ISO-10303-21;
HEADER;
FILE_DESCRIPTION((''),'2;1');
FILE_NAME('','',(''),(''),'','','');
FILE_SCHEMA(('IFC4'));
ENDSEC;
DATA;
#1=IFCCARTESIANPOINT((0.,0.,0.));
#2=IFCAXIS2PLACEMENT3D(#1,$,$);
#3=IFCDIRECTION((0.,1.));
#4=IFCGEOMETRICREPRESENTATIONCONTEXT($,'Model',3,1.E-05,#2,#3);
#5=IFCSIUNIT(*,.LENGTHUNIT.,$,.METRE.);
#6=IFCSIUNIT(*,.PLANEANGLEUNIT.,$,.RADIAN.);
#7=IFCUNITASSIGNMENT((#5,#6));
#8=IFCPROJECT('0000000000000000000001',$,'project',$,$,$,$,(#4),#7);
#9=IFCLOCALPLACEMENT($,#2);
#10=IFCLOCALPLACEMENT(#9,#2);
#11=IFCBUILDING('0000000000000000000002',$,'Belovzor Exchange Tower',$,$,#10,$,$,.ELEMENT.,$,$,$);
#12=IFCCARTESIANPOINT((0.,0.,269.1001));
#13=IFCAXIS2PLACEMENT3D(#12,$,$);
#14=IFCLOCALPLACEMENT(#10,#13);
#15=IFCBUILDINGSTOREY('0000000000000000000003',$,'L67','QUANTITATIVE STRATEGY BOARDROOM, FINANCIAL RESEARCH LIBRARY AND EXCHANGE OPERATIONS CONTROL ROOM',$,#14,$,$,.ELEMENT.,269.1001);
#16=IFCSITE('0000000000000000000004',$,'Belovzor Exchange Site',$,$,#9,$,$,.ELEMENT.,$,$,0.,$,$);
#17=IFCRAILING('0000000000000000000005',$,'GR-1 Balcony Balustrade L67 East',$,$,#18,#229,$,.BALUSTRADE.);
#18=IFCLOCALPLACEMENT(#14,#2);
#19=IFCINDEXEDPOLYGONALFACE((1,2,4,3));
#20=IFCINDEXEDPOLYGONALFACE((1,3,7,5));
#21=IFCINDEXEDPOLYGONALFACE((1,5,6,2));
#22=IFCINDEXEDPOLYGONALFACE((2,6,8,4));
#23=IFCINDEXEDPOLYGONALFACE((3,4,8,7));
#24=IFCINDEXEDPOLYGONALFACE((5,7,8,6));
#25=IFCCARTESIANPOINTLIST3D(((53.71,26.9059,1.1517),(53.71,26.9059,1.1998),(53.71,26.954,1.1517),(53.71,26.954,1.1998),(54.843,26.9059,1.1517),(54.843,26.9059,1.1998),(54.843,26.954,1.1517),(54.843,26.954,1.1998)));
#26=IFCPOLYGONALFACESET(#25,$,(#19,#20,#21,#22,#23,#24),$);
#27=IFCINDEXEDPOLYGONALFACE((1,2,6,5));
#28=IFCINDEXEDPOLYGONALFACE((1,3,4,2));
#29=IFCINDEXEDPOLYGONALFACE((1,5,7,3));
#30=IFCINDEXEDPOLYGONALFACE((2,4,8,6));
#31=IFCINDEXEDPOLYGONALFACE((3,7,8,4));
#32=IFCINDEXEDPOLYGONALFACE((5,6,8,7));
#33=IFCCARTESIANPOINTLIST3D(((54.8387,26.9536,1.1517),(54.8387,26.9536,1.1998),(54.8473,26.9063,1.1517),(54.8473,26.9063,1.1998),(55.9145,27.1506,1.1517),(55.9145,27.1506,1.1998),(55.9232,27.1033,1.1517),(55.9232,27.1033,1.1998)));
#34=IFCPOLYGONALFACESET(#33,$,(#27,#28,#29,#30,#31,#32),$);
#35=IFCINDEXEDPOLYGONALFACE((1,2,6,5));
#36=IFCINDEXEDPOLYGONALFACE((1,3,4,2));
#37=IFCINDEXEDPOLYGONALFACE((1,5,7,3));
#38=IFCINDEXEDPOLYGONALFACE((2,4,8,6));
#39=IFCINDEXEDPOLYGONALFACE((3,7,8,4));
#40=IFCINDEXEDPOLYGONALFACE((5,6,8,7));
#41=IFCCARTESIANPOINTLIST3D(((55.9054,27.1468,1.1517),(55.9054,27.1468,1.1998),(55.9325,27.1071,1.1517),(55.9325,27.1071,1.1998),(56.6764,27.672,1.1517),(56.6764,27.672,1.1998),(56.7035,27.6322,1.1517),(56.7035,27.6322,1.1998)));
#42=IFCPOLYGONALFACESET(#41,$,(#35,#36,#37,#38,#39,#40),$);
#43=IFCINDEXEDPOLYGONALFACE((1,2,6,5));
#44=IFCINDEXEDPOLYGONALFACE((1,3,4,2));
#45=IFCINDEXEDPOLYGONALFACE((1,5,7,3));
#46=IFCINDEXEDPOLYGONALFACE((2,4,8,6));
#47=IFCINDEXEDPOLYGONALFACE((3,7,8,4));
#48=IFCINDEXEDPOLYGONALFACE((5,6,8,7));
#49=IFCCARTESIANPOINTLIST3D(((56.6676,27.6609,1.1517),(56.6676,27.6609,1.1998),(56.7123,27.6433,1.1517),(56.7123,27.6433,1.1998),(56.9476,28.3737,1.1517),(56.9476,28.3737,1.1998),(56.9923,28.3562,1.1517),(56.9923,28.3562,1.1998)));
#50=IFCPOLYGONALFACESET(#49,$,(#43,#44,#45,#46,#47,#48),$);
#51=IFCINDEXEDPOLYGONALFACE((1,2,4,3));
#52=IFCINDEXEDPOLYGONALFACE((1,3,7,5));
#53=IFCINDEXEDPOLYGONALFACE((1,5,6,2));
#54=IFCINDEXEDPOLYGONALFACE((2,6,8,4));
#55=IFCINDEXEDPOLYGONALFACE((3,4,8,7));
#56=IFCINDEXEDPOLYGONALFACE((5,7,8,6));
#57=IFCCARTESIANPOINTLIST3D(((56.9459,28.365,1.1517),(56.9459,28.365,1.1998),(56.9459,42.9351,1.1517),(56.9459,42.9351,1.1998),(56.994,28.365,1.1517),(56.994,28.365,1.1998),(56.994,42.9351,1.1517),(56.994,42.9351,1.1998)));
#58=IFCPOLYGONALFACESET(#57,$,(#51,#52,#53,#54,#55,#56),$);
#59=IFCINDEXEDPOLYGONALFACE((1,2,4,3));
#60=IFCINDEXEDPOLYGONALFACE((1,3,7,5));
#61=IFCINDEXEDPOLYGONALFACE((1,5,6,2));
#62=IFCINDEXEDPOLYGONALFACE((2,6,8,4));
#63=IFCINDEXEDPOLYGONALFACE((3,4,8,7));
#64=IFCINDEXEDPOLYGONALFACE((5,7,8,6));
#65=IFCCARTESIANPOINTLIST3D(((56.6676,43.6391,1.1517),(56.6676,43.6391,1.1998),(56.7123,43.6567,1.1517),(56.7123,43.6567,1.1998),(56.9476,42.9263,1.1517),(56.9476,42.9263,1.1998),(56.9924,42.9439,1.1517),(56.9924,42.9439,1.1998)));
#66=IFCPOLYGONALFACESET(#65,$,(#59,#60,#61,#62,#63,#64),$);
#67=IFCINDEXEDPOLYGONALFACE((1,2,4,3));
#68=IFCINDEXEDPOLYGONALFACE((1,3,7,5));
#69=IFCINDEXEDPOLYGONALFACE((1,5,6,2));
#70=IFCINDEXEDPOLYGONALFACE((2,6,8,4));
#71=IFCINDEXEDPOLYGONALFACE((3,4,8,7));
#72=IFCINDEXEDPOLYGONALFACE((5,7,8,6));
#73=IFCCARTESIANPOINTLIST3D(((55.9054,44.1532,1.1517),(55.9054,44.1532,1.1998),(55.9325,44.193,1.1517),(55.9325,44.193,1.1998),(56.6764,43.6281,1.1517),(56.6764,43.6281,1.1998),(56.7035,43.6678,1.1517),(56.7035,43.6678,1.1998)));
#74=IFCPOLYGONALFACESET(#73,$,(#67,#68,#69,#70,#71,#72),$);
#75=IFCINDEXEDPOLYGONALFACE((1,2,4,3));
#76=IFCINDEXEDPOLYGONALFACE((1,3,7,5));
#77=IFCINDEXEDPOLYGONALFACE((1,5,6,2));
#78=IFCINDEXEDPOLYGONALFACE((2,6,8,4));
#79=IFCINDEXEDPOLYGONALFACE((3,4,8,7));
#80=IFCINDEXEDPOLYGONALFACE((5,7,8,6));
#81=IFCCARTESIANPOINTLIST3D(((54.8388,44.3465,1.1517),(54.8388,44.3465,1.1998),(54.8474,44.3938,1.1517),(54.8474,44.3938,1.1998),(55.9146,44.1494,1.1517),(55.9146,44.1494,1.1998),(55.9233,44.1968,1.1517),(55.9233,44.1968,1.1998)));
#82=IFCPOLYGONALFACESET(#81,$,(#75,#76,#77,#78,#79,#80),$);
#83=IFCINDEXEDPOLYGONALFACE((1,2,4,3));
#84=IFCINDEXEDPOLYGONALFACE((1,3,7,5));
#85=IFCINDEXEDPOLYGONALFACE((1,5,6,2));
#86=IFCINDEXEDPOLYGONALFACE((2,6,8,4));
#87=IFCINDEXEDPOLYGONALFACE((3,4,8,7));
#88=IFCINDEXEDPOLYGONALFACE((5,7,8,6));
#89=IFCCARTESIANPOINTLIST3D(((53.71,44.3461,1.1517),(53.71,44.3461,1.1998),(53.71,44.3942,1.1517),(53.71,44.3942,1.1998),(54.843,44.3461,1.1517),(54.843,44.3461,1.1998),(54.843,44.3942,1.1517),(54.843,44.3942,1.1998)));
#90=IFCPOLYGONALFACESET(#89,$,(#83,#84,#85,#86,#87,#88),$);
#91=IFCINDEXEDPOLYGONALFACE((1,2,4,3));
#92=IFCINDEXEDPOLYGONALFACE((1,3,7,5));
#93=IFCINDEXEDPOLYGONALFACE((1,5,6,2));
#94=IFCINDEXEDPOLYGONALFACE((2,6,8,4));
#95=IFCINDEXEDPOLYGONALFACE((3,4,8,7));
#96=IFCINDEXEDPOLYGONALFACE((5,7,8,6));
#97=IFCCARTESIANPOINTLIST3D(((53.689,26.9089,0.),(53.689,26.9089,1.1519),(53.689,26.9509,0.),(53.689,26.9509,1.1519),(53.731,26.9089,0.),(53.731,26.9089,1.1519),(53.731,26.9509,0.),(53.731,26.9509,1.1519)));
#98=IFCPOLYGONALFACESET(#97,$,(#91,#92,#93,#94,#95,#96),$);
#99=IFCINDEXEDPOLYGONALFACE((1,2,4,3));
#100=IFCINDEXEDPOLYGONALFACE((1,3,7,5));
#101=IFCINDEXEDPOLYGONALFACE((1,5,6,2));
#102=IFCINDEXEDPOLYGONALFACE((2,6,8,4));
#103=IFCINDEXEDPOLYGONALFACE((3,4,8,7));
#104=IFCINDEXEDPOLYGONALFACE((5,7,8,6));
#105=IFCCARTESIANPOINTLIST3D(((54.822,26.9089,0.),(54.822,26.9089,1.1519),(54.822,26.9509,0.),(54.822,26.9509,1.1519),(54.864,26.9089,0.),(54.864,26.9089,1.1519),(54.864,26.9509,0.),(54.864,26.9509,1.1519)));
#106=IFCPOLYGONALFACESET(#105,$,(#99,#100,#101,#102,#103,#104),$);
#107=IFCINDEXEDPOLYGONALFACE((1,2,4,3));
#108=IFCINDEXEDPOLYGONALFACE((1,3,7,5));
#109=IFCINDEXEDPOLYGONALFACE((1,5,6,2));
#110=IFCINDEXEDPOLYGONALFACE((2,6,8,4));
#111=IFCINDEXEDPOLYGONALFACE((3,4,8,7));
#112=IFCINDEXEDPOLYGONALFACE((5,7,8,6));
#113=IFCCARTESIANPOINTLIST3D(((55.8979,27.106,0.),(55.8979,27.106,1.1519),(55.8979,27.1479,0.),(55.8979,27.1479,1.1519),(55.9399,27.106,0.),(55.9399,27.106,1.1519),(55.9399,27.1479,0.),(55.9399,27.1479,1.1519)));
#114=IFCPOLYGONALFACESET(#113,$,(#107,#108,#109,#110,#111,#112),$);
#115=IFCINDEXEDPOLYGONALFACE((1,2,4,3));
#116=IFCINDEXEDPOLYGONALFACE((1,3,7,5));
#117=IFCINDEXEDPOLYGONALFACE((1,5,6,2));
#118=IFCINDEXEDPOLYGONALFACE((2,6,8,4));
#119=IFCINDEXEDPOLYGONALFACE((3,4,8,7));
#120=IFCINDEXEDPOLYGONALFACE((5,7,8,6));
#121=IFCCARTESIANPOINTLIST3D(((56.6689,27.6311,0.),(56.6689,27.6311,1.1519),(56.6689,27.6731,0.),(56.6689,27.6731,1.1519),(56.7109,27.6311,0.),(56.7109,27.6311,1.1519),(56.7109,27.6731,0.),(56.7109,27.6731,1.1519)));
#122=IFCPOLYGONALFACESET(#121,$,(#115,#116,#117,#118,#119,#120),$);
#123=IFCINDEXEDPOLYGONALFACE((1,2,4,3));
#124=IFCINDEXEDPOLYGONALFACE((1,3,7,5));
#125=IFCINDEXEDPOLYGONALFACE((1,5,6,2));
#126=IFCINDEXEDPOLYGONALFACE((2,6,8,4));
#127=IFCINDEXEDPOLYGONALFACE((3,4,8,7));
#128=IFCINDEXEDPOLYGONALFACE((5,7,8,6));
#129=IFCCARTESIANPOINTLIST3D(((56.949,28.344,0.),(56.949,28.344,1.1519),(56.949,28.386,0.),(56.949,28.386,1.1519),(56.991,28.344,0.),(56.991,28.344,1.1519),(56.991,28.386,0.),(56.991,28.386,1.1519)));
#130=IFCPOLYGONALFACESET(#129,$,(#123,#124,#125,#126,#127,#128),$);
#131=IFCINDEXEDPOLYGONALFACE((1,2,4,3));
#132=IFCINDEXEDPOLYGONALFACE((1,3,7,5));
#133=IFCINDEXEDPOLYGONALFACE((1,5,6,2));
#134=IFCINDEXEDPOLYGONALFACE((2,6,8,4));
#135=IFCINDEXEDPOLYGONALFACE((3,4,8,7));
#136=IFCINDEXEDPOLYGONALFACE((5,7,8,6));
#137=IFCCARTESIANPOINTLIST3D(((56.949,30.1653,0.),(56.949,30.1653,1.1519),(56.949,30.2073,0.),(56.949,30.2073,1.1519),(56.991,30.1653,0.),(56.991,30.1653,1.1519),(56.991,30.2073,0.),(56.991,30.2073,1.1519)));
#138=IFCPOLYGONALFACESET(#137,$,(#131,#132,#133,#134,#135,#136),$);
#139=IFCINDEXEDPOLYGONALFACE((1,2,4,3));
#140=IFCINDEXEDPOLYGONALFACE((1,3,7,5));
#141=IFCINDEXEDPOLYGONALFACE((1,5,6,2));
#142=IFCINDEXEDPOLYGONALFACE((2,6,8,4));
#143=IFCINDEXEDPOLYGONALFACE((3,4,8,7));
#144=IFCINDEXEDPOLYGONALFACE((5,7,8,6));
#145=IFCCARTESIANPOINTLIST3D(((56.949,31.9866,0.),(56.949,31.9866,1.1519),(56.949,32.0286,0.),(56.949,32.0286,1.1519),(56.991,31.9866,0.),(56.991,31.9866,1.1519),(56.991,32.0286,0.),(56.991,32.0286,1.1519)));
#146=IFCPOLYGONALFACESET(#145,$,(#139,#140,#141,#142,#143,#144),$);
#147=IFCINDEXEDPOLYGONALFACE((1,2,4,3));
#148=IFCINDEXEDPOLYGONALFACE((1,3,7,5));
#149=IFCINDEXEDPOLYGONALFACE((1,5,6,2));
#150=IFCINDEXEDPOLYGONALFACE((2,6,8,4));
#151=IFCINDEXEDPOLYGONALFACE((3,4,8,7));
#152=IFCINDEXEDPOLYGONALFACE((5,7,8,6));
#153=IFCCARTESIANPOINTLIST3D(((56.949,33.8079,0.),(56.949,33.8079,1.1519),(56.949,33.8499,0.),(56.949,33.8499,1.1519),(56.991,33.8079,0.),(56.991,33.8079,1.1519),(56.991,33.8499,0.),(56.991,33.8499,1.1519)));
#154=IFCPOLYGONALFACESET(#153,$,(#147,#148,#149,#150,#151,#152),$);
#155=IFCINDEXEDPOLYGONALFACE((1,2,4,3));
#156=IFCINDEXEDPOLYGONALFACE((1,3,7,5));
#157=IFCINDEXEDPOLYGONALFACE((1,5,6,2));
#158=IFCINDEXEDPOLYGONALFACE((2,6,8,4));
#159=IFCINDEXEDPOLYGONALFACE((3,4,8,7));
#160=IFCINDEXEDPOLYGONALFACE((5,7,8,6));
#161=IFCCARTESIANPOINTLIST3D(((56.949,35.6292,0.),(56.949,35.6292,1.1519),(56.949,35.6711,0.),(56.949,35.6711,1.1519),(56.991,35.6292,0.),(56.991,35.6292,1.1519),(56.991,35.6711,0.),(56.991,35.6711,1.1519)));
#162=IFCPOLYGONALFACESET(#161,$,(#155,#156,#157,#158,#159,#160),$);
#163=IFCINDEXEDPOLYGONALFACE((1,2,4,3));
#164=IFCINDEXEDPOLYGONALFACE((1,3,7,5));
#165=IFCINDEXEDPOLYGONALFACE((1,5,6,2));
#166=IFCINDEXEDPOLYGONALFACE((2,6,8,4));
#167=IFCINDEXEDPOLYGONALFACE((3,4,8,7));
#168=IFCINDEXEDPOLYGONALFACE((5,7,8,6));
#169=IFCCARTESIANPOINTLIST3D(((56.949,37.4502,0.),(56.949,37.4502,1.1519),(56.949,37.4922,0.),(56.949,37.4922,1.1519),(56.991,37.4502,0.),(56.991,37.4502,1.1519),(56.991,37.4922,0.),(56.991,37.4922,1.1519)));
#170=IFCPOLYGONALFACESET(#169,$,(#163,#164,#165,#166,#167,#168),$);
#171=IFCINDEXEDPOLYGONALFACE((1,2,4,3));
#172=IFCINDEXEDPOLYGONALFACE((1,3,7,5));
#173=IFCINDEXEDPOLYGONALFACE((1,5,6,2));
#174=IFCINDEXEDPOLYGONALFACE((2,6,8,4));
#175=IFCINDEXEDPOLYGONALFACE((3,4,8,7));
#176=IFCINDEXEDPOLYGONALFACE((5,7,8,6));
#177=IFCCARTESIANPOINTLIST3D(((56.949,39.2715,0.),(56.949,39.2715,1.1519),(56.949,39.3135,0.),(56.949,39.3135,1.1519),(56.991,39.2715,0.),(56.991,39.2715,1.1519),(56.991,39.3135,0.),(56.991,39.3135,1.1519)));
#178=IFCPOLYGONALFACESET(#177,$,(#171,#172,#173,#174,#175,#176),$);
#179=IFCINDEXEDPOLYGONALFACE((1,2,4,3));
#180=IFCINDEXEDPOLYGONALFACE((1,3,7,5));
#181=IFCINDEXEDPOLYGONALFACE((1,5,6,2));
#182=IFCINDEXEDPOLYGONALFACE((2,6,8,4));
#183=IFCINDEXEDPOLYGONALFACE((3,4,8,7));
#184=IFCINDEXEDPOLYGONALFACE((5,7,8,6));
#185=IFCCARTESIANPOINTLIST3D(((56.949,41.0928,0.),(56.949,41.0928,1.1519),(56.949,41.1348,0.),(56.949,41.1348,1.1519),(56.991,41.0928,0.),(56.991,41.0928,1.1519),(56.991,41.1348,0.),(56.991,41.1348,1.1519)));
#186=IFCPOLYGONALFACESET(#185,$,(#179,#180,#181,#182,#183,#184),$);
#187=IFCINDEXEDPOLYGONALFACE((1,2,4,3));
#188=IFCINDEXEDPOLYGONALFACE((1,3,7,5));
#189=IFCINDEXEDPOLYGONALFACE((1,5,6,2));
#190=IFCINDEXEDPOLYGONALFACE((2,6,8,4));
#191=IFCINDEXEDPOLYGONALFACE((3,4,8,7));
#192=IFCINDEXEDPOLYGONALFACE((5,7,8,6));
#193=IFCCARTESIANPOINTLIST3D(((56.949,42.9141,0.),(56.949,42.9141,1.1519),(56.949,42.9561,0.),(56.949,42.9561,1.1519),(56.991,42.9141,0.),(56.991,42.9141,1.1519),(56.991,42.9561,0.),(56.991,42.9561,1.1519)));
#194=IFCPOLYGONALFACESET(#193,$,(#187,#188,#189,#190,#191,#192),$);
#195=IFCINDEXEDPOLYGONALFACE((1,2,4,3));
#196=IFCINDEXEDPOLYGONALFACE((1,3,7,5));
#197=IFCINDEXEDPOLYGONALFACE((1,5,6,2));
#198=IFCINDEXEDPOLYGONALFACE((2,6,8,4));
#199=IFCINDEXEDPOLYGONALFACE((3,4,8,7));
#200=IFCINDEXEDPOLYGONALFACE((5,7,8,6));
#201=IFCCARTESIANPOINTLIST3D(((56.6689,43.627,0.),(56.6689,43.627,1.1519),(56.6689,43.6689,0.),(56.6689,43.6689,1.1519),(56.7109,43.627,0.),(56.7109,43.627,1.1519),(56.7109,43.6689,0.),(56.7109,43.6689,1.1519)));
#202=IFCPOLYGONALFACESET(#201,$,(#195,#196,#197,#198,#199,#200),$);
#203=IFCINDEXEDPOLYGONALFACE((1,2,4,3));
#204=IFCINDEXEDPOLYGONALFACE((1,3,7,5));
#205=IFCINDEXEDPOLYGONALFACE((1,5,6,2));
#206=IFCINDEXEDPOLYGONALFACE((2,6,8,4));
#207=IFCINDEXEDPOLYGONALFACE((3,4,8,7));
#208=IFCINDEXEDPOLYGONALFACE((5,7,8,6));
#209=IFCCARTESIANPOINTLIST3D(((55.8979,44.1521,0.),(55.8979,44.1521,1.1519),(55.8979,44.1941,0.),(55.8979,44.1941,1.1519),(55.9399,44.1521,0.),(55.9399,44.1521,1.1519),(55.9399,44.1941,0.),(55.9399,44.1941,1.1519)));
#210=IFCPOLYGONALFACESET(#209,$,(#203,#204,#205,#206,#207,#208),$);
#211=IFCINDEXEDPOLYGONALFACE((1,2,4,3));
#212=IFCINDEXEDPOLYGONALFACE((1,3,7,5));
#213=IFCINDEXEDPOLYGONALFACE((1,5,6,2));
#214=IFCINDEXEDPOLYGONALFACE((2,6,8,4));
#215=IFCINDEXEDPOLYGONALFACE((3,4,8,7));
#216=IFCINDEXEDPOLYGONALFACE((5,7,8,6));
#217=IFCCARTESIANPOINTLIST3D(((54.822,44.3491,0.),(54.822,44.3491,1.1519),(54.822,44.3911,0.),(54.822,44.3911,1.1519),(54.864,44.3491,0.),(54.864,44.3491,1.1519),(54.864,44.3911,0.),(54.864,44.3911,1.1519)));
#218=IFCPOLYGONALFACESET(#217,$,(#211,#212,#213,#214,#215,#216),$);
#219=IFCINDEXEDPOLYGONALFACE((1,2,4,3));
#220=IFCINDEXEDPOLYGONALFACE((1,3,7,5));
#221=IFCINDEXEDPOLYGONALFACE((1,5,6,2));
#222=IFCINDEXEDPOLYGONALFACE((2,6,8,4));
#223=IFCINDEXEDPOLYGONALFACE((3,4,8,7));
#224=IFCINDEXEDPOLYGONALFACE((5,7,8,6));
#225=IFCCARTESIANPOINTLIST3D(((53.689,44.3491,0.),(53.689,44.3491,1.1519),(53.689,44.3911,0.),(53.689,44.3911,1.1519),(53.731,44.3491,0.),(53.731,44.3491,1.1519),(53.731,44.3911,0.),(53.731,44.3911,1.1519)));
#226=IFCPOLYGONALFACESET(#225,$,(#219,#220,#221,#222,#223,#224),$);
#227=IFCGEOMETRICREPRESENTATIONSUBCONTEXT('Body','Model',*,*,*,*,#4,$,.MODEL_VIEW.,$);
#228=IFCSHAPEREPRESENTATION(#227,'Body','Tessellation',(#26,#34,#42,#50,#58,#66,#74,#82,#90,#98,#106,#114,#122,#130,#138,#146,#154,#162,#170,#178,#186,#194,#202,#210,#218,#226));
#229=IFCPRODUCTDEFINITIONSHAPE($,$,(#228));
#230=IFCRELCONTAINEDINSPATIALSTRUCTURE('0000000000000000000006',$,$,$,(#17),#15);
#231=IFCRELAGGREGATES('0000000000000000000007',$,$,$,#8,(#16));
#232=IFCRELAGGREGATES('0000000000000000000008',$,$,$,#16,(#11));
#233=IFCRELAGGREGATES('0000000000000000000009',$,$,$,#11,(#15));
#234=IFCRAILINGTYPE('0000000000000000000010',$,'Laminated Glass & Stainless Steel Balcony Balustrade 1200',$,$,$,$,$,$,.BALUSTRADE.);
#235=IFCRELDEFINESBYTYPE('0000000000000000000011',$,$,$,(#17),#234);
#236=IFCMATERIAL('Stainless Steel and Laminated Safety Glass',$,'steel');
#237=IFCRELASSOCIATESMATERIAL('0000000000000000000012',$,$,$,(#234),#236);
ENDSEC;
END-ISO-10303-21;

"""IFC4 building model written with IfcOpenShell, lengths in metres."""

from ifc_helpers import new_model, si_unit, direction, frame, origin, origin_2d, place, context, subcontext, project, spatial, rectangle, extrude, material, type_object, element, save


model = new_model("IFC4")

# Units and contexts
model_context = context("Model", 3, precision=1e-05, world=origin(), true_north=direction((0.0, 1.0)))
body_context = subcontext(model_context, "Body", "Model", "MODEL_VIEW")
ifc_project = project(units=[si_unit("LENGTHUNIT", "METRE"), si_unit("PLANEANGLEUNIT", "RADIAN")], contexts=[model_context])

# Site, building, storey
site_placement = place(None, origin())
site = spatial("IfcSite", under=ifc_project, at=site_placement, Name="Belovzor Exchange Site", CompositionType="ELEMENT", RefElevation=0.0)
building_placement = place(site_placement, origin())
building = spatial("IfcBuilding", under=site, at=building_placement, Name="Belovzor Exchange Tower", CompositionType="ELEMENT")
storey_placement = place(building_placement, frame((0.0, 0.0, 269.1001)))
storey = spatial("IfcBuildingStorey", under=building, at=storey_placement, Name="L67", Description="QUANTITATIVE STRATEGY BOARDROOM, FINANCIAL RESEARCH LIBRARY AND EXCHANGE OPERATIONS CONTROL ROOM", CompositionType="ELEMENT", Elevation=269.1001)

# Railing
ifc_material_1 = material(Name="Stainless Steel and Laminated Safety Glass", Category="steel")
railing_type = type_object("IfcRailingType", Name="Laminated Glass & Stainless Steel Balcony Balustrade 1200", PredefinedType="BALUSTRADE", material=ifc_material_1)
railing_placement = place(storey_placement, frame((53.71, 26.9299, 0.0)))
element("IfcRailing", 1, at=railing_placement, inside=storey, type_object=railing_type, Name="GR-1 Balcony Balustrade L67 East", PredefinedType="BALUSTRADE", context=body_context, shape_type="SweptSolid", body=[
    extrude(rectangle(XDim=0.0481, YDim=0.0481, at=origin_2d()), frame((0.0, 0.0, 1.1758), z_axis=(1.0, 0.0, 0.0), x_axis=(0.0, 1.0, 0.0)), (0.0, 0.0, 1.0), 1.1331),
    extrude(rectangle(XDim=0.0481, YDim=0.0481, at=origin_2d()), frame((1.1331, 0.0, 1.1758), z_axis=(0.983644, 0.180123, 0.0), x_axis=(-0.180123, 0.983644, 0.0)), (0.0, 0.0, 1.0), 1.0938),
    extrude(rectangle(XDim=0.0481, YDim=0.0481, at=origin_2d()), frame((2.209, 0.197, 1.1758), z_axis=(0.826493, 0.562947, 0.0), x_axis=(-0.562947, 0.826493, 0.0)), (0.0, 0.0, 1.0), 0.9329),
    extrude(rectangle(XDim=0.0481, YDim=0.0481, at=origin_2d()), frame((2.98, 0.7222, 1.1758), z_axis=(0.365613, 0.930767, 0.0), x_axis=(-0.930767, 0.365613, 0.0)), (0.0, 0.0, 1.0), 0.7659),
    extrude(rectangle(XDim=0.0481, YDim=0.0481, at=origin_2d()), frame((3.26, 1.4351, 1.1758), z_axis=(0.0, 1.0, 0.0), x_axis=(-1.0, 0.0, 0.0)), (0.0, 0.0, 1.0), 14.5701),
    extrude(rectangle(XDim=0.0481, YDim=0.0481, at=origin_2d()), frame((3.26, 16.0051, 1.1758), z_axis=(-0.365613, 0.930767, 0.0), x_axis=(-0.930767, -0.365613, 0.0)), (0.0, 0.0, 1.0), 0.7659),
    extrude(rectangle(XDim=0.0481, YDim=0.0481, at=origin_2d()), frame((2.98, 16.718, 1.1758), z_axis=(-0.826493, 0.562947, 0.0), x_axis=(-0.562947, -0.826493, 0.0)), (0.0, 0.0, 1.0), 0.9329),
    extrude(rectangle(XDim=0.0481, YDim=0.0481, at=origin_2d()), frame((2.209, 17.2432, 1.1758), z_axis=(-0.983644, 0.180123, 0.0), x_axis=(-0.180123, -0.983644, 0.0)), (0.0, 0.0, 1.0), 1.0938),
    extrude(rectangle(XDim=0.0481, YDim=0.0481, at=origin_2d()), frame((1.1331, 17.4402, 1.1758), z_axis=(-1.0, 0.0, 0.0), x_axis=(0.0, -1.0, 0.0)), (0.0, 0.0, 1.0), 1.1331),
    extrude(rectangle(XDim=0.042, YDim=0.042, at=origin_2d()), origin(), (0.0, 0.0, 1.0), 1.1519),
    extrude(rectangle(XDim=0.042, YDim=0.042, at=origin_2d()), frame((1.1331, 0.0, 0.0)), (0.0, 0.0, 1.0), 1.1519),
    extrude(rectangle(XDim=0.042, YDim=0.042, at=origin_2d()), frame((2.209, 0.197, 0.0)), (0.0, 0.0, 1.0), 1.1519),
    extrude(rectangle(XDim=0.042, YDim=0.042, at=origin_2d()), frame((2.98, 0.7222, 0.0)), (0.0, 0.0, 1.0), 1.1519),
    extrude(rectangle(XDim=0.042, YDim=0.042, at=origin_2d()), frame((3.26, 1.4351, 0.0)), (0.0, 0.0, 1.0), 1.1519),
    extrude(rectangle(XDim=0.042, YDim=0.042, at=origin_2d()), frame((3.26, 3.2563, 0.0)), (0.0, 0.0, 1.0), 1.1519),
    extrude(rectangle(XDim=0.042, YDim=0.042, at=origin_2d()), frame((3.26, 5.0776, 0.0)), (0.0, 0.0, 1.0), 1.1519),
    extrude(rectangle(XDim=0.042, YDim=0.042, at=origin_2d()), frame((3.26, 6.8989, 0.0)), (0.0, 0.0, 1.0), 1.1519),
    extrude(rectangle(XDim=0.042, YDim=0.042, at=origin_2d()), frame((3.26, 8.7202, 0.0)), (0.0, 0.0, 1.0), 1.1519),
    extrude(rectangle(XDim=0.042, YDim=0.042, at=origin_2d()), frame((3.26, 10.5413, 0.0)), (0.0, 0.0, 1.0), 1.1519),
    extrude(rectangle(XDim=0.042, YDim=0.042, at=origin_2d()), frame((3.26, 12.3625, 0.0)), (0.0, 0.0, 1.0), 1.1519),
    extrude(rectangle(XDim=0.042, YDim=0.042, at=origin_2d()), frame((3.26, 14.1838, 0.0)), (0.0, 0.0, 1.0), 1.1519),
    extrude(rectangle(XDim=0.042, YDim=0.042, at=origin_2d()), frame((3.26, 16.0051, 0.0)), (0.0, 0.0, 1.0), 1.1519),
    extrude(rectangle(XDim=0.042, YDim=0.042, at=origin_2d()), frame((2.98, 16.718, 0.0)), (0.0, 0.0, 1.0), 1.1519),
    extrude(rectangle(XDim=0.042, YDim=0.042, at=origin_2d()), frame((2.209, 17.2432, 0.0)), (0.0, 0.0, 1.0), 1.1519),
    extrude(rectangle(XDim=0.042, YDim=0.042, at=origin_2d()), frame((1.1331, 17.4402, 0.0)), (0.0, 0.0, 1.0), 1.1519),
    extrude(rectangle(XDim=0.042, YDim=0.042, at=origin_2d()), frame((0.0, 17.4402, 0.0)), (0.0, 0.0, 1.0), 1.1519),
])

save(model, "model.ifc")
